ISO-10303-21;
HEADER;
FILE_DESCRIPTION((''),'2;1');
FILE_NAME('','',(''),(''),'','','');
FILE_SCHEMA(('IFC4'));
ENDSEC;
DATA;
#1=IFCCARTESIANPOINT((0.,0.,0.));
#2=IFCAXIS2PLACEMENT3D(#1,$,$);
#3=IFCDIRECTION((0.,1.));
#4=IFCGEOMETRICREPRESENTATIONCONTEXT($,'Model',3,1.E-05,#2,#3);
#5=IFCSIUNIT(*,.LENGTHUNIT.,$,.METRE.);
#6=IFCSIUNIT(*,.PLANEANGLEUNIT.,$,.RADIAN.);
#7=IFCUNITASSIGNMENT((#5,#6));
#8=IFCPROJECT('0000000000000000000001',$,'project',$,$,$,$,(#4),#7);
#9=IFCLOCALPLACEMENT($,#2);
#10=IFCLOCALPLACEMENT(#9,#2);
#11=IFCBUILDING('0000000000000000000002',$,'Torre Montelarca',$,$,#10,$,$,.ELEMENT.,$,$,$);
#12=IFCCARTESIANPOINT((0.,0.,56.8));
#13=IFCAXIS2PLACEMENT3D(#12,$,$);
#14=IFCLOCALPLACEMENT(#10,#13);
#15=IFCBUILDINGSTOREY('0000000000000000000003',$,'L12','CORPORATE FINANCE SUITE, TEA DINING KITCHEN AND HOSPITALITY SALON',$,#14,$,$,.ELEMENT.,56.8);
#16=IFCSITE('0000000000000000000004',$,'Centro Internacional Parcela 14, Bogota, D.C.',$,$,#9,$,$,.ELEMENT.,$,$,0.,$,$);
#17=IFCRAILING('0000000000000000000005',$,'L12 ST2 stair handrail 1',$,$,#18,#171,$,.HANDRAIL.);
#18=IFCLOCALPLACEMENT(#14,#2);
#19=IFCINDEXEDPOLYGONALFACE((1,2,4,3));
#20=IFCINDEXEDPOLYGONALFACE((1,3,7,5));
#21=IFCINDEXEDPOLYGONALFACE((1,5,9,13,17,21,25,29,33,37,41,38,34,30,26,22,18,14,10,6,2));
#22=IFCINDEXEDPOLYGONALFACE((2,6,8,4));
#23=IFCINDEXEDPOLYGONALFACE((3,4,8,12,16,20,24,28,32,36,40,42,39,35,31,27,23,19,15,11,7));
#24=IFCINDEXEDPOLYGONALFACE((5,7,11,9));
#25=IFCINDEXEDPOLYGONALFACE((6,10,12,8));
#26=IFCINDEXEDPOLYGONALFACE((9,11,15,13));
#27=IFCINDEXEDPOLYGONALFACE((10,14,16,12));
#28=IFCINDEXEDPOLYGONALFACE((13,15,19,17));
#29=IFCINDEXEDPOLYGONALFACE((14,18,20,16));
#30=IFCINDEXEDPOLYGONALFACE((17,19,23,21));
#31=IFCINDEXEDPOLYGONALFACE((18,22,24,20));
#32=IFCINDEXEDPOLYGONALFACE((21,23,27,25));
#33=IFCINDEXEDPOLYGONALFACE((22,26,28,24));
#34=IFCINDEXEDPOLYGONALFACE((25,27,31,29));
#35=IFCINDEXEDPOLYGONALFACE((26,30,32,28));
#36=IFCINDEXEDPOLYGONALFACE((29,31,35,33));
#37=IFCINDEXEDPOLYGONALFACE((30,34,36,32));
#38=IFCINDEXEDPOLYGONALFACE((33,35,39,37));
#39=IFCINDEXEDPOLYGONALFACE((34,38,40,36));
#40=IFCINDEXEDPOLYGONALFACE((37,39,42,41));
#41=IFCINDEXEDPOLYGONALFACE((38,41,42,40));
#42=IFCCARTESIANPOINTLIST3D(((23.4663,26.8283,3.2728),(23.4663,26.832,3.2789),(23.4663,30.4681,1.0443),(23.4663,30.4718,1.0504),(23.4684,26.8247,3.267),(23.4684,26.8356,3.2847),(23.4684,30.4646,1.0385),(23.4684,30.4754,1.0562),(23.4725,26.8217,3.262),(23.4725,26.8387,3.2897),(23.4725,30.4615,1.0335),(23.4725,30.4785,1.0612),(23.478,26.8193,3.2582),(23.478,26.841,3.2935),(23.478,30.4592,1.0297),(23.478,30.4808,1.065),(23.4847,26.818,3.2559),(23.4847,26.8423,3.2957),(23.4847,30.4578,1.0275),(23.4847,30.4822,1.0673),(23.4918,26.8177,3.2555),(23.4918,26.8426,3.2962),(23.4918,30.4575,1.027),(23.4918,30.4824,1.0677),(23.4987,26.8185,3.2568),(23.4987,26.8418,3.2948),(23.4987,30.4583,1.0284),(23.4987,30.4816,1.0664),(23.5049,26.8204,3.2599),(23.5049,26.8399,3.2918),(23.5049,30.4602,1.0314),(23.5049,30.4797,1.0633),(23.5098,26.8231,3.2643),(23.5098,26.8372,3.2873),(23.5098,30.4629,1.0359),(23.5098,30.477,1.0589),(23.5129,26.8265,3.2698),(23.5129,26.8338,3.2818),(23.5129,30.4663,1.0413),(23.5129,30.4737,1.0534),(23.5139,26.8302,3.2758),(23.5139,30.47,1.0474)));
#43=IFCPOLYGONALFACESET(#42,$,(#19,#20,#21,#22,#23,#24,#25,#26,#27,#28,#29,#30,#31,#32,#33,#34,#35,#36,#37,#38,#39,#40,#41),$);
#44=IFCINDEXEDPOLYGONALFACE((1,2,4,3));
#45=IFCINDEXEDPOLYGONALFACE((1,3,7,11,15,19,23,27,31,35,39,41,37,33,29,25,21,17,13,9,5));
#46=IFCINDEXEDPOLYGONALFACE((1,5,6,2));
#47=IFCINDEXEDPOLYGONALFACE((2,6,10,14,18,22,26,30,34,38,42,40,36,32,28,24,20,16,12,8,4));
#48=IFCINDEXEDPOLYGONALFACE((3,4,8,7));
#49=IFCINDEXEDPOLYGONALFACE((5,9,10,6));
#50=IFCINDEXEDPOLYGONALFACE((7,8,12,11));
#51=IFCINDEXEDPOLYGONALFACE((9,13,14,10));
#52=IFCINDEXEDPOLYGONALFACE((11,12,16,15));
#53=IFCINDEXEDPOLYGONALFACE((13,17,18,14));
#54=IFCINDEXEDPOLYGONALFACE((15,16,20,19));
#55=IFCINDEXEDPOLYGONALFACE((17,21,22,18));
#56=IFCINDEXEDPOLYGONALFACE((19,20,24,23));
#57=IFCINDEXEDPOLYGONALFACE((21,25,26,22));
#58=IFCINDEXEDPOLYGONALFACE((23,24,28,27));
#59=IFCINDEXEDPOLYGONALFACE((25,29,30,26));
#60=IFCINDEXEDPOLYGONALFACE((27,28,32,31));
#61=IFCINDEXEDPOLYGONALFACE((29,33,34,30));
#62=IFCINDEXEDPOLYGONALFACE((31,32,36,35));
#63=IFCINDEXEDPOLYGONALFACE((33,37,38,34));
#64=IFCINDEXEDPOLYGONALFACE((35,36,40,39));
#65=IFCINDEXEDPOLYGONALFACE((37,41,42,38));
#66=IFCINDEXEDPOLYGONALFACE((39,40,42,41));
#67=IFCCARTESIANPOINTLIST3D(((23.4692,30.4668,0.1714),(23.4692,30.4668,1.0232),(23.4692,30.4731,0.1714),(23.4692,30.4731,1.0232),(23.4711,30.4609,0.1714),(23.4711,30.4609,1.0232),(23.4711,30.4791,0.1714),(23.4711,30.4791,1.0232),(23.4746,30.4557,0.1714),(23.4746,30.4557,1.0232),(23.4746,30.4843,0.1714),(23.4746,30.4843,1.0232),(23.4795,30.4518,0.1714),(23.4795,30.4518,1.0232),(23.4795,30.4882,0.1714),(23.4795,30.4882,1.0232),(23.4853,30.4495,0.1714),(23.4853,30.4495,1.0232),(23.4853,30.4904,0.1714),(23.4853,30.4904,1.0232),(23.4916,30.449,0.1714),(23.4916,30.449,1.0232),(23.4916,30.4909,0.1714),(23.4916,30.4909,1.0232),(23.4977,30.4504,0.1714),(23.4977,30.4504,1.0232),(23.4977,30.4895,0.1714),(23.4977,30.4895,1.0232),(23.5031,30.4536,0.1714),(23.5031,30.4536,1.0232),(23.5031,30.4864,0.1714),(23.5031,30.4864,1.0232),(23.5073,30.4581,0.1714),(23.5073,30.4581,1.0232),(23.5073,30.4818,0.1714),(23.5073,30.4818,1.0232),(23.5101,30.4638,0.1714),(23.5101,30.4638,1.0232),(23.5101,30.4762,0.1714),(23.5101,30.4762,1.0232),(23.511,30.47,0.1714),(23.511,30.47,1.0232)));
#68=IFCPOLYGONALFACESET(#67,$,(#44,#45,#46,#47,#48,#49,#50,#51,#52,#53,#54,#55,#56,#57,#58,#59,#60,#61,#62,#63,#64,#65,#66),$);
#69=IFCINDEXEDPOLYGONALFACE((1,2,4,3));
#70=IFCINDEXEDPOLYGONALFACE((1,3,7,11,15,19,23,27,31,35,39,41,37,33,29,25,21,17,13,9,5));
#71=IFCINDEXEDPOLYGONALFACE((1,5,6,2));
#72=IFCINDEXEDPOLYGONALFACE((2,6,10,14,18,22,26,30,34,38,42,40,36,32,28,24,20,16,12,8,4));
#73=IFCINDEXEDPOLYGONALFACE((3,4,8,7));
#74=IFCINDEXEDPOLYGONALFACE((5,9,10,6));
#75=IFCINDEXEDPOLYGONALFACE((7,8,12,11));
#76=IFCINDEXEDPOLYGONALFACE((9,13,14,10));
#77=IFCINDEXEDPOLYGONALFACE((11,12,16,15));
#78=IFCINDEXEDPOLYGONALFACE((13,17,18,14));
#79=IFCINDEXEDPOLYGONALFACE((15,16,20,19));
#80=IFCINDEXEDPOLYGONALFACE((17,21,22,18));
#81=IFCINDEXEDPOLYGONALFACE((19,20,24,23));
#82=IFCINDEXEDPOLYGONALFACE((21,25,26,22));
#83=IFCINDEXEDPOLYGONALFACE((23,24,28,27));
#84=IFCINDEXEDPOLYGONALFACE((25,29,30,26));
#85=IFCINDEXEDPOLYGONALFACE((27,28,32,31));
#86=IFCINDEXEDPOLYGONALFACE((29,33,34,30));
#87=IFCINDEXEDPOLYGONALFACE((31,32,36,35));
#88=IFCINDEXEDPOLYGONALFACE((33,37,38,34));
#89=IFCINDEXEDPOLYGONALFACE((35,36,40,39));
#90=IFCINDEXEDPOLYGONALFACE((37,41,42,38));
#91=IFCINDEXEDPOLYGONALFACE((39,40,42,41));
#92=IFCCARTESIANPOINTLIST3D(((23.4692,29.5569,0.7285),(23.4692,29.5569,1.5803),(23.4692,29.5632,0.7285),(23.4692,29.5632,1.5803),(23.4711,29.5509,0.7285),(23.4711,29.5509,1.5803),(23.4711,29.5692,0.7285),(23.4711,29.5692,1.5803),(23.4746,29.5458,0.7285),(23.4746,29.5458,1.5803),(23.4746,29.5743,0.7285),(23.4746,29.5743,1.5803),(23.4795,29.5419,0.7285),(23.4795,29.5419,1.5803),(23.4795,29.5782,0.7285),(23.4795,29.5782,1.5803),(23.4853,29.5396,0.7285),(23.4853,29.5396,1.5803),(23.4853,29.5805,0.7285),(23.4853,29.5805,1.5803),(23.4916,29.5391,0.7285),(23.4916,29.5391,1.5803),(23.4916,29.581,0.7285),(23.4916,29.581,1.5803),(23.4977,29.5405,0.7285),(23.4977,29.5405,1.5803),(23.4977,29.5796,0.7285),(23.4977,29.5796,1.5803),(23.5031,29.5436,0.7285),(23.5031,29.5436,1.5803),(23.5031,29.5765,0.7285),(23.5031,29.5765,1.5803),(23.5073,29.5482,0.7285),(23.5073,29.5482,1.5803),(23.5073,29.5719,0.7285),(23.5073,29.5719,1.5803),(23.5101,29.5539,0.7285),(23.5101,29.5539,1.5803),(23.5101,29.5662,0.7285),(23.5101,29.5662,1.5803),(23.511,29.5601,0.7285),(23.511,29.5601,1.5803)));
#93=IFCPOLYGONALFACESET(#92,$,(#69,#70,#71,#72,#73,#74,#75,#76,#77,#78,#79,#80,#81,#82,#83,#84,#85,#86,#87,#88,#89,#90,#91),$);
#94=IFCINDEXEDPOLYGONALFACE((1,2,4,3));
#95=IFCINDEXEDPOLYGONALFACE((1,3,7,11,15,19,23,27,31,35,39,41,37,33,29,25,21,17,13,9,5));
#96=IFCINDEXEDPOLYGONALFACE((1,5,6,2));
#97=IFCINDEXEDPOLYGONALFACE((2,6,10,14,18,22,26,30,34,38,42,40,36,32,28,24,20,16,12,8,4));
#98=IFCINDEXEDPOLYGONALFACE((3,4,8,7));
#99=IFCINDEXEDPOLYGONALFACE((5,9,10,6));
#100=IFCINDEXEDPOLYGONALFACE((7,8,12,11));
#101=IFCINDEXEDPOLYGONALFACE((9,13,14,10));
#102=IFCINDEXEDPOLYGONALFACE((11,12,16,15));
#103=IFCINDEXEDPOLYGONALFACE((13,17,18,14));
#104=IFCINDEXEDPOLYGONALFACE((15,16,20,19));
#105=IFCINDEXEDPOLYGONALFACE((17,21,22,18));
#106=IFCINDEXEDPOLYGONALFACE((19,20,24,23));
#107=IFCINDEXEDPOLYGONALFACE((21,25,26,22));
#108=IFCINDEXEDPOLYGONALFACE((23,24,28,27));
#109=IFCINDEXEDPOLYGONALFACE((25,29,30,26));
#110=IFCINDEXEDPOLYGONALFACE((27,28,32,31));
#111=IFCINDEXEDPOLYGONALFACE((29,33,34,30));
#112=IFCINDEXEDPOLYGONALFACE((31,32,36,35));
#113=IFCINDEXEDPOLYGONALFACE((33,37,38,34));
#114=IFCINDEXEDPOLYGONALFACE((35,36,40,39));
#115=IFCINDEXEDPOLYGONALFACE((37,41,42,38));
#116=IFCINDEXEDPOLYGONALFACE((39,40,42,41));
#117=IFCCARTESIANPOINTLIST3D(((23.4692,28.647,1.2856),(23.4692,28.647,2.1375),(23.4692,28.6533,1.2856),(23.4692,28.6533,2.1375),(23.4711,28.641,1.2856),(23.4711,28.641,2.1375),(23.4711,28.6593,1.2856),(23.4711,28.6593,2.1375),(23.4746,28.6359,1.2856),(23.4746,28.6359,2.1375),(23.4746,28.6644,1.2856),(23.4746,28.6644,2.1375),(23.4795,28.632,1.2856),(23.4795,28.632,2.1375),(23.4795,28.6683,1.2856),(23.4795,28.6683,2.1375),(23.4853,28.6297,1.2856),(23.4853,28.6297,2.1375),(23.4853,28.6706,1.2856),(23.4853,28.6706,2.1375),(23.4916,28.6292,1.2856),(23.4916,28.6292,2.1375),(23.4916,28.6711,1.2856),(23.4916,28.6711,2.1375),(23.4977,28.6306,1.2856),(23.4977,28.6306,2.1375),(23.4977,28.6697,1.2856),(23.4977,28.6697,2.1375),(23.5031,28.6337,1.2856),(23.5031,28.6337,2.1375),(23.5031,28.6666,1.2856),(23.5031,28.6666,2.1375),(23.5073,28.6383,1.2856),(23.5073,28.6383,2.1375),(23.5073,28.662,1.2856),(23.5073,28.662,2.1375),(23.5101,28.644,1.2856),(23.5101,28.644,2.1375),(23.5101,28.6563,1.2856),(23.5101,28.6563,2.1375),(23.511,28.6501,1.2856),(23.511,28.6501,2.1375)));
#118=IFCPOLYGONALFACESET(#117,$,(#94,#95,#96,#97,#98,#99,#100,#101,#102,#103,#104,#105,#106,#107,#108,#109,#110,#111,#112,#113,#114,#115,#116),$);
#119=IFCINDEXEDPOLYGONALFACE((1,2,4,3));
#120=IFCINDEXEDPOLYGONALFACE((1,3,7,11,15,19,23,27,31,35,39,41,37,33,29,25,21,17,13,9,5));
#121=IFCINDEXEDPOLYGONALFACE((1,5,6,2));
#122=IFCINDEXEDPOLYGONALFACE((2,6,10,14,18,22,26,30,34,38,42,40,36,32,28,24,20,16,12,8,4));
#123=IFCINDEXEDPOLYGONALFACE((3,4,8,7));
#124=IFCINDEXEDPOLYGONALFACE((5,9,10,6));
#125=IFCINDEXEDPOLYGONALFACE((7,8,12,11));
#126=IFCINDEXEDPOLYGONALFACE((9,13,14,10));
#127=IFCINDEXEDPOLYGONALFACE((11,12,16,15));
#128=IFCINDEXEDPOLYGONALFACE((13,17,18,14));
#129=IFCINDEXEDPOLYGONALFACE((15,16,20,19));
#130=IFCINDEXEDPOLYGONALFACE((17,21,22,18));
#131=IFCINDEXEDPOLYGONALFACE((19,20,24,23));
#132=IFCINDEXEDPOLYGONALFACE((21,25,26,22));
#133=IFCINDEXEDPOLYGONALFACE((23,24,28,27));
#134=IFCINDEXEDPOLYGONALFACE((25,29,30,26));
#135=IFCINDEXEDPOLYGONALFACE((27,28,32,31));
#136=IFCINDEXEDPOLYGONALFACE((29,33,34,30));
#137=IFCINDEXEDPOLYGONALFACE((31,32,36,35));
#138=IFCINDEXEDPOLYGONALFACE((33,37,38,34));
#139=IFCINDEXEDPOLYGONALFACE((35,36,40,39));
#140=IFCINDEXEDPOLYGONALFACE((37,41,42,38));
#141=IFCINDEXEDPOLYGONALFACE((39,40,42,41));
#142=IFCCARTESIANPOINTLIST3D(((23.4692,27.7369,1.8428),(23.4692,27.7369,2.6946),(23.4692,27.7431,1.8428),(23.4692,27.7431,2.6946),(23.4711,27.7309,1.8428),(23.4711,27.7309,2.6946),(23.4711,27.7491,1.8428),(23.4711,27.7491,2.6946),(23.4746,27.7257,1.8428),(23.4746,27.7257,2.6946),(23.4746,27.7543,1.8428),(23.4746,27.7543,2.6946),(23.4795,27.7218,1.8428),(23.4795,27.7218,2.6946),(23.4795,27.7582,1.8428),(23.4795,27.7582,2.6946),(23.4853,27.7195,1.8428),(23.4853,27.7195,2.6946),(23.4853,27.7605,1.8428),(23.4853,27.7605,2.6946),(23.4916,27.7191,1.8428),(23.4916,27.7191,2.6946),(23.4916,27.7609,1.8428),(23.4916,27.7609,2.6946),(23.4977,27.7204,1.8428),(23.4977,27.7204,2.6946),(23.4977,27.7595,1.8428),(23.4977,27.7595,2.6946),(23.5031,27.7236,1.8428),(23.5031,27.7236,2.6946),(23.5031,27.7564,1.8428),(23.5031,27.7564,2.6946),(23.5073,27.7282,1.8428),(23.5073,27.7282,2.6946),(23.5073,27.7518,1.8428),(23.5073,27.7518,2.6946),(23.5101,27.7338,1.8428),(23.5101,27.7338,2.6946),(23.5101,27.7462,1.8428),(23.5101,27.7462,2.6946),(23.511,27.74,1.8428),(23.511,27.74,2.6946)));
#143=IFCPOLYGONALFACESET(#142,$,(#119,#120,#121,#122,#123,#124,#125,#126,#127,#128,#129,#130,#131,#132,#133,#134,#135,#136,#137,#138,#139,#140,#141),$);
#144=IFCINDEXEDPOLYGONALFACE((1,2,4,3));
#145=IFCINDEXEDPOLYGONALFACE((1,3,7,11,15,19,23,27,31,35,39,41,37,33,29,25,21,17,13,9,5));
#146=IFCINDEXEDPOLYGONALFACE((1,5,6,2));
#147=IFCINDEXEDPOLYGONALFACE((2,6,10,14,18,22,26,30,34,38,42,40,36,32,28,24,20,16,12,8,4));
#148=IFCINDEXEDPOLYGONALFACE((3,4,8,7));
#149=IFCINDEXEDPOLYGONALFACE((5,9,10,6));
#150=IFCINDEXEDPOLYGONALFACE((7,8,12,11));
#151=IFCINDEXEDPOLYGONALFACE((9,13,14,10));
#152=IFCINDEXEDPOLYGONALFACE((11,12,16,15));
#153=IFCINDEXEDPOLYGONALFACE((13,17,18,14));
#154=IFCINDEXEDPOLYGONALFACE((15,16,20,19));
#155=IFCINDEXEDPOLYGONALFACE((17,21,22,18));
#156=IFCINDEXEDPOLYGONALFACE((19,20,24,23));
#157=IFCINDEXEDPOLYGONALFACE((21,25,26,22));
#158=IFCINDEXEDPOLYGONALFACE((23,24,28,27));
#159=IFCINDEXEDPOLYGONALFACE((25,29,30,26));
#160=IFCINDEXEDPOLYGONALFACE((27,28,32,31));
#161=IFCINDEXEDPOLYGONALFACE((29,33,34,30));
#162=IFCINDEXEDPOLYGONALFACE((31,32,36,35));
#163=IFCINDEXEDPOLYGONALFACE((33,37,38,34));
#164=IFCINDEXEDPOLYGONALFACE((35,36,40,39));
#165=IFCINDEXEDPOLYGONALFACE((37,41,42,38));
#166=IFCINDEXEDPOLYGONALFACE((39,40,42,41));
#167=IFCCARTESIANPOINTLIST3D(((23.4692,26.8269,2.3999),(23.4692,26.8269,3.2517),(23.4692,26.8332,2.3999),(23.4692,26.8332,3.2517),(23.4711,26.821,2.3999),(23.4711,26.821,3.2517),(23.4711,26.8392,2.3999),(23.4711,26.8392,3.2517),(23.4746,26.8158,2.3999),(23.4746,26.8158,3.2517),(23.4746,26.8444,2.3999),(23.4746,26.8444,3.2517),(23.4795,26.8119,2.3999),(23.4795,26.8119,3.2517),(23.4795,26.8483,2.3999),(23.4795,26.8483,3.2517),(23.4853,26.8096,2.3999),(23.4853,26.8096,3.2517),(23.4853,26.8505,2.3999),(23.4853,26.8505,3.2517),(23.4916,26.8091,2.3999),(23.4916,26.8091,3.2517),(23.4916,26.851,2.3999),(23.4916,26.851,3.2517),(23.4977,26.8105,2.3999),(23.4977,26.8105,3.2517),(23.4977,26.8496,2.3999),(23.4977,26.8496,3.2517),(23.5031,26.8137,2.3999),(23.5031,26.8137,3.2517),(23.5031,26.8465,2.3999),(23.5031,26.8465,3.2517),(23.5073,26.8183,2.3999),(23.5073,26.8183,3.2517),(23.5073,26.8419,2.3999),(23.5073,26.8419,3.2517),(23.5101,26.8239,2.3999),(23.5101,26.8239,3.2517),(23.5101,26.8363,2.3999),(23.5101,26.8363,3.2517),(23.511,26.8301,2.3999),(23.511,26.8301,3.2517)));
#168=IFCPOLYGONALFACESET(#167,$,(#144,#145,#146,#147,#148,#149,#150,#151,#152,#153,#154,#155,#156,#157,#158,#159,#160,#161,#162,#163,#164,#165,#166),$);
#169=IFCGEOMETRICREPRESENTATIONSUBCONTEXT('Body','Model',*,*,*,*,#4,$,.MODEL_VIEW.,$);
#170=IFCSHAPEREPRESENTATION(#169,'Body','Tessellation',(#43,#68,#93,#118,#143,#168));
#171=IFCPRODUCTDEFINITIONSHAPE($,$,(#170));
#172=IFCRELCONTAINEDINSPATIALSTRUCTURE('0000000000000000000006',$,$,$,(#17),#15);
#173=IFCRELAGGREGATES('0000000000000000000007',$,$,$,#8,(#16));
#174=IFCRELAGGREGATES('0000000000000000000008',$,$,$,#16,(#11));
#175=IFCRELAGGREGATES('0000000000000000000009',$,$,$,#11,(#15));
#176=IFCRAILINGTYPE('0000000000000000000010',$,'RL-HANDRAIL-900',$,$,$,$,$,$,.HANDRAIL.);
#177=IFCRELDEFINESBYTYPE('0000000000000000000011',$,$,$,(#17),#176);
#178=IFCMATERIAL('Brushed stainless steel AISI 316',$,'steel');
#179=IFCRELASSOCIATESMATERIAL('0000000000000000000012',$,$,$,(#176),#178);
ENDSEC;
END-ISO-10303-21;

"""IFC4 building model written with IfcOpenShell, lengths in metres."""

from ifc_helpers import new_model, si_unit, direction, frame, origin, origin_2d, place, context, subcontext, project, spatial, circle, extrude, material, type_object, element, save


model = new_model("IFC4")

# Units and contexts
model_context = context("Model", 3, precision=1e-05, world=origin(), true_north=direction((0.0, 1.0)))
body_context = subcontext(model_context, "Body", "Model", "MODEL_VIEW")
ifc_project = project(units=[si_unit("LENGTHUNIT", "METRE"), si_unit("PLANEANGLEUNIT", "RADIAN")], contexts=[model_context])

# Site, building, storey
site_placement = place(None, origin())
site = spatial("IfcSite", under=ifc_project, at=site_placement, Name="Centro Internacional Parcela 14, Bogota, D.C.", CompositionType="ELEMENT", RefElevation=0.0)
building_placement = place(site_placement, origin())
building = spatial("IfcBuilding", under=site, at=building_placement, Name="Torre Montelarca", CompositionType="ELEMENT")
storey_placement = place(building_placement, frame((0.0, 0.0, 56.8)))
storey = spatial("IfcBuildingStorey", under=building, at=storey_placement, Name="L12", Description="CORPORATE FINANCE SUITE, TEA DINING KITCHEN AND HOSPITALITY SALON", CompositionType="ELEMENT", Elevation=56.8)

# Railing
ifc_material_1 = material(Name="Brushed stainless steel AISI 316", Category="steel")
railing_type_1 = type_object("IfcRailingType", Name="RL-HANDRAIL-900", PredefinedType="HANDRAIL", material=ifc_material_1)
railing_1_placement = place(storey_placement, frame((23.49, 30.47, 0.1714)))
element("IfcRailing", 1, at=railing_1_placement, inside=storey, type_object=railing_type_1, Name="L12 ST2 stair handrail 1", PredefinedType="HANDRAIL", context=body_context, shape_type="SweptSolid", body=[
    extrude(circle(Radius=0.0239, at=origin_2d()), frame((0.0, 0.0, 0.876), z_axis=(0.0, -0.85285, 0.522156), x_axis=(1.0, 0.0, 0.0)), (0.0, 0.0, 1.0), 4.2678),
    extrude(circle(Radius=0.021, at=origin_2d()), origin(), (0.0, 0.0, 1.0), 0.8518),
    extrude(circle(Radius=0.021, at=origin_2d()), frame((0.0, -0.9099, 0.5571)), (0.0, 0.0, 1.0), 0.8518),
    extrude(circle(Radius=0.021, at=origin_2d()), frame((0.0, -1.8198, 1.1143)), (0.0, 0.0, 1.0), 0.8518),
    extrude(circle(Radius=0.021, at=origin_2d()), frame((0.0, -2.73, 1.6714)), (0.0, 0.0, 1.0), 0.8518),
    extrude(circle(Radius=0.021, at=origin_2d()), frame((0.0, -3.6399, 2.2285)), (0.0, 0.0, 1.0), 0.8518),
])

save(model, "model.ifc")
